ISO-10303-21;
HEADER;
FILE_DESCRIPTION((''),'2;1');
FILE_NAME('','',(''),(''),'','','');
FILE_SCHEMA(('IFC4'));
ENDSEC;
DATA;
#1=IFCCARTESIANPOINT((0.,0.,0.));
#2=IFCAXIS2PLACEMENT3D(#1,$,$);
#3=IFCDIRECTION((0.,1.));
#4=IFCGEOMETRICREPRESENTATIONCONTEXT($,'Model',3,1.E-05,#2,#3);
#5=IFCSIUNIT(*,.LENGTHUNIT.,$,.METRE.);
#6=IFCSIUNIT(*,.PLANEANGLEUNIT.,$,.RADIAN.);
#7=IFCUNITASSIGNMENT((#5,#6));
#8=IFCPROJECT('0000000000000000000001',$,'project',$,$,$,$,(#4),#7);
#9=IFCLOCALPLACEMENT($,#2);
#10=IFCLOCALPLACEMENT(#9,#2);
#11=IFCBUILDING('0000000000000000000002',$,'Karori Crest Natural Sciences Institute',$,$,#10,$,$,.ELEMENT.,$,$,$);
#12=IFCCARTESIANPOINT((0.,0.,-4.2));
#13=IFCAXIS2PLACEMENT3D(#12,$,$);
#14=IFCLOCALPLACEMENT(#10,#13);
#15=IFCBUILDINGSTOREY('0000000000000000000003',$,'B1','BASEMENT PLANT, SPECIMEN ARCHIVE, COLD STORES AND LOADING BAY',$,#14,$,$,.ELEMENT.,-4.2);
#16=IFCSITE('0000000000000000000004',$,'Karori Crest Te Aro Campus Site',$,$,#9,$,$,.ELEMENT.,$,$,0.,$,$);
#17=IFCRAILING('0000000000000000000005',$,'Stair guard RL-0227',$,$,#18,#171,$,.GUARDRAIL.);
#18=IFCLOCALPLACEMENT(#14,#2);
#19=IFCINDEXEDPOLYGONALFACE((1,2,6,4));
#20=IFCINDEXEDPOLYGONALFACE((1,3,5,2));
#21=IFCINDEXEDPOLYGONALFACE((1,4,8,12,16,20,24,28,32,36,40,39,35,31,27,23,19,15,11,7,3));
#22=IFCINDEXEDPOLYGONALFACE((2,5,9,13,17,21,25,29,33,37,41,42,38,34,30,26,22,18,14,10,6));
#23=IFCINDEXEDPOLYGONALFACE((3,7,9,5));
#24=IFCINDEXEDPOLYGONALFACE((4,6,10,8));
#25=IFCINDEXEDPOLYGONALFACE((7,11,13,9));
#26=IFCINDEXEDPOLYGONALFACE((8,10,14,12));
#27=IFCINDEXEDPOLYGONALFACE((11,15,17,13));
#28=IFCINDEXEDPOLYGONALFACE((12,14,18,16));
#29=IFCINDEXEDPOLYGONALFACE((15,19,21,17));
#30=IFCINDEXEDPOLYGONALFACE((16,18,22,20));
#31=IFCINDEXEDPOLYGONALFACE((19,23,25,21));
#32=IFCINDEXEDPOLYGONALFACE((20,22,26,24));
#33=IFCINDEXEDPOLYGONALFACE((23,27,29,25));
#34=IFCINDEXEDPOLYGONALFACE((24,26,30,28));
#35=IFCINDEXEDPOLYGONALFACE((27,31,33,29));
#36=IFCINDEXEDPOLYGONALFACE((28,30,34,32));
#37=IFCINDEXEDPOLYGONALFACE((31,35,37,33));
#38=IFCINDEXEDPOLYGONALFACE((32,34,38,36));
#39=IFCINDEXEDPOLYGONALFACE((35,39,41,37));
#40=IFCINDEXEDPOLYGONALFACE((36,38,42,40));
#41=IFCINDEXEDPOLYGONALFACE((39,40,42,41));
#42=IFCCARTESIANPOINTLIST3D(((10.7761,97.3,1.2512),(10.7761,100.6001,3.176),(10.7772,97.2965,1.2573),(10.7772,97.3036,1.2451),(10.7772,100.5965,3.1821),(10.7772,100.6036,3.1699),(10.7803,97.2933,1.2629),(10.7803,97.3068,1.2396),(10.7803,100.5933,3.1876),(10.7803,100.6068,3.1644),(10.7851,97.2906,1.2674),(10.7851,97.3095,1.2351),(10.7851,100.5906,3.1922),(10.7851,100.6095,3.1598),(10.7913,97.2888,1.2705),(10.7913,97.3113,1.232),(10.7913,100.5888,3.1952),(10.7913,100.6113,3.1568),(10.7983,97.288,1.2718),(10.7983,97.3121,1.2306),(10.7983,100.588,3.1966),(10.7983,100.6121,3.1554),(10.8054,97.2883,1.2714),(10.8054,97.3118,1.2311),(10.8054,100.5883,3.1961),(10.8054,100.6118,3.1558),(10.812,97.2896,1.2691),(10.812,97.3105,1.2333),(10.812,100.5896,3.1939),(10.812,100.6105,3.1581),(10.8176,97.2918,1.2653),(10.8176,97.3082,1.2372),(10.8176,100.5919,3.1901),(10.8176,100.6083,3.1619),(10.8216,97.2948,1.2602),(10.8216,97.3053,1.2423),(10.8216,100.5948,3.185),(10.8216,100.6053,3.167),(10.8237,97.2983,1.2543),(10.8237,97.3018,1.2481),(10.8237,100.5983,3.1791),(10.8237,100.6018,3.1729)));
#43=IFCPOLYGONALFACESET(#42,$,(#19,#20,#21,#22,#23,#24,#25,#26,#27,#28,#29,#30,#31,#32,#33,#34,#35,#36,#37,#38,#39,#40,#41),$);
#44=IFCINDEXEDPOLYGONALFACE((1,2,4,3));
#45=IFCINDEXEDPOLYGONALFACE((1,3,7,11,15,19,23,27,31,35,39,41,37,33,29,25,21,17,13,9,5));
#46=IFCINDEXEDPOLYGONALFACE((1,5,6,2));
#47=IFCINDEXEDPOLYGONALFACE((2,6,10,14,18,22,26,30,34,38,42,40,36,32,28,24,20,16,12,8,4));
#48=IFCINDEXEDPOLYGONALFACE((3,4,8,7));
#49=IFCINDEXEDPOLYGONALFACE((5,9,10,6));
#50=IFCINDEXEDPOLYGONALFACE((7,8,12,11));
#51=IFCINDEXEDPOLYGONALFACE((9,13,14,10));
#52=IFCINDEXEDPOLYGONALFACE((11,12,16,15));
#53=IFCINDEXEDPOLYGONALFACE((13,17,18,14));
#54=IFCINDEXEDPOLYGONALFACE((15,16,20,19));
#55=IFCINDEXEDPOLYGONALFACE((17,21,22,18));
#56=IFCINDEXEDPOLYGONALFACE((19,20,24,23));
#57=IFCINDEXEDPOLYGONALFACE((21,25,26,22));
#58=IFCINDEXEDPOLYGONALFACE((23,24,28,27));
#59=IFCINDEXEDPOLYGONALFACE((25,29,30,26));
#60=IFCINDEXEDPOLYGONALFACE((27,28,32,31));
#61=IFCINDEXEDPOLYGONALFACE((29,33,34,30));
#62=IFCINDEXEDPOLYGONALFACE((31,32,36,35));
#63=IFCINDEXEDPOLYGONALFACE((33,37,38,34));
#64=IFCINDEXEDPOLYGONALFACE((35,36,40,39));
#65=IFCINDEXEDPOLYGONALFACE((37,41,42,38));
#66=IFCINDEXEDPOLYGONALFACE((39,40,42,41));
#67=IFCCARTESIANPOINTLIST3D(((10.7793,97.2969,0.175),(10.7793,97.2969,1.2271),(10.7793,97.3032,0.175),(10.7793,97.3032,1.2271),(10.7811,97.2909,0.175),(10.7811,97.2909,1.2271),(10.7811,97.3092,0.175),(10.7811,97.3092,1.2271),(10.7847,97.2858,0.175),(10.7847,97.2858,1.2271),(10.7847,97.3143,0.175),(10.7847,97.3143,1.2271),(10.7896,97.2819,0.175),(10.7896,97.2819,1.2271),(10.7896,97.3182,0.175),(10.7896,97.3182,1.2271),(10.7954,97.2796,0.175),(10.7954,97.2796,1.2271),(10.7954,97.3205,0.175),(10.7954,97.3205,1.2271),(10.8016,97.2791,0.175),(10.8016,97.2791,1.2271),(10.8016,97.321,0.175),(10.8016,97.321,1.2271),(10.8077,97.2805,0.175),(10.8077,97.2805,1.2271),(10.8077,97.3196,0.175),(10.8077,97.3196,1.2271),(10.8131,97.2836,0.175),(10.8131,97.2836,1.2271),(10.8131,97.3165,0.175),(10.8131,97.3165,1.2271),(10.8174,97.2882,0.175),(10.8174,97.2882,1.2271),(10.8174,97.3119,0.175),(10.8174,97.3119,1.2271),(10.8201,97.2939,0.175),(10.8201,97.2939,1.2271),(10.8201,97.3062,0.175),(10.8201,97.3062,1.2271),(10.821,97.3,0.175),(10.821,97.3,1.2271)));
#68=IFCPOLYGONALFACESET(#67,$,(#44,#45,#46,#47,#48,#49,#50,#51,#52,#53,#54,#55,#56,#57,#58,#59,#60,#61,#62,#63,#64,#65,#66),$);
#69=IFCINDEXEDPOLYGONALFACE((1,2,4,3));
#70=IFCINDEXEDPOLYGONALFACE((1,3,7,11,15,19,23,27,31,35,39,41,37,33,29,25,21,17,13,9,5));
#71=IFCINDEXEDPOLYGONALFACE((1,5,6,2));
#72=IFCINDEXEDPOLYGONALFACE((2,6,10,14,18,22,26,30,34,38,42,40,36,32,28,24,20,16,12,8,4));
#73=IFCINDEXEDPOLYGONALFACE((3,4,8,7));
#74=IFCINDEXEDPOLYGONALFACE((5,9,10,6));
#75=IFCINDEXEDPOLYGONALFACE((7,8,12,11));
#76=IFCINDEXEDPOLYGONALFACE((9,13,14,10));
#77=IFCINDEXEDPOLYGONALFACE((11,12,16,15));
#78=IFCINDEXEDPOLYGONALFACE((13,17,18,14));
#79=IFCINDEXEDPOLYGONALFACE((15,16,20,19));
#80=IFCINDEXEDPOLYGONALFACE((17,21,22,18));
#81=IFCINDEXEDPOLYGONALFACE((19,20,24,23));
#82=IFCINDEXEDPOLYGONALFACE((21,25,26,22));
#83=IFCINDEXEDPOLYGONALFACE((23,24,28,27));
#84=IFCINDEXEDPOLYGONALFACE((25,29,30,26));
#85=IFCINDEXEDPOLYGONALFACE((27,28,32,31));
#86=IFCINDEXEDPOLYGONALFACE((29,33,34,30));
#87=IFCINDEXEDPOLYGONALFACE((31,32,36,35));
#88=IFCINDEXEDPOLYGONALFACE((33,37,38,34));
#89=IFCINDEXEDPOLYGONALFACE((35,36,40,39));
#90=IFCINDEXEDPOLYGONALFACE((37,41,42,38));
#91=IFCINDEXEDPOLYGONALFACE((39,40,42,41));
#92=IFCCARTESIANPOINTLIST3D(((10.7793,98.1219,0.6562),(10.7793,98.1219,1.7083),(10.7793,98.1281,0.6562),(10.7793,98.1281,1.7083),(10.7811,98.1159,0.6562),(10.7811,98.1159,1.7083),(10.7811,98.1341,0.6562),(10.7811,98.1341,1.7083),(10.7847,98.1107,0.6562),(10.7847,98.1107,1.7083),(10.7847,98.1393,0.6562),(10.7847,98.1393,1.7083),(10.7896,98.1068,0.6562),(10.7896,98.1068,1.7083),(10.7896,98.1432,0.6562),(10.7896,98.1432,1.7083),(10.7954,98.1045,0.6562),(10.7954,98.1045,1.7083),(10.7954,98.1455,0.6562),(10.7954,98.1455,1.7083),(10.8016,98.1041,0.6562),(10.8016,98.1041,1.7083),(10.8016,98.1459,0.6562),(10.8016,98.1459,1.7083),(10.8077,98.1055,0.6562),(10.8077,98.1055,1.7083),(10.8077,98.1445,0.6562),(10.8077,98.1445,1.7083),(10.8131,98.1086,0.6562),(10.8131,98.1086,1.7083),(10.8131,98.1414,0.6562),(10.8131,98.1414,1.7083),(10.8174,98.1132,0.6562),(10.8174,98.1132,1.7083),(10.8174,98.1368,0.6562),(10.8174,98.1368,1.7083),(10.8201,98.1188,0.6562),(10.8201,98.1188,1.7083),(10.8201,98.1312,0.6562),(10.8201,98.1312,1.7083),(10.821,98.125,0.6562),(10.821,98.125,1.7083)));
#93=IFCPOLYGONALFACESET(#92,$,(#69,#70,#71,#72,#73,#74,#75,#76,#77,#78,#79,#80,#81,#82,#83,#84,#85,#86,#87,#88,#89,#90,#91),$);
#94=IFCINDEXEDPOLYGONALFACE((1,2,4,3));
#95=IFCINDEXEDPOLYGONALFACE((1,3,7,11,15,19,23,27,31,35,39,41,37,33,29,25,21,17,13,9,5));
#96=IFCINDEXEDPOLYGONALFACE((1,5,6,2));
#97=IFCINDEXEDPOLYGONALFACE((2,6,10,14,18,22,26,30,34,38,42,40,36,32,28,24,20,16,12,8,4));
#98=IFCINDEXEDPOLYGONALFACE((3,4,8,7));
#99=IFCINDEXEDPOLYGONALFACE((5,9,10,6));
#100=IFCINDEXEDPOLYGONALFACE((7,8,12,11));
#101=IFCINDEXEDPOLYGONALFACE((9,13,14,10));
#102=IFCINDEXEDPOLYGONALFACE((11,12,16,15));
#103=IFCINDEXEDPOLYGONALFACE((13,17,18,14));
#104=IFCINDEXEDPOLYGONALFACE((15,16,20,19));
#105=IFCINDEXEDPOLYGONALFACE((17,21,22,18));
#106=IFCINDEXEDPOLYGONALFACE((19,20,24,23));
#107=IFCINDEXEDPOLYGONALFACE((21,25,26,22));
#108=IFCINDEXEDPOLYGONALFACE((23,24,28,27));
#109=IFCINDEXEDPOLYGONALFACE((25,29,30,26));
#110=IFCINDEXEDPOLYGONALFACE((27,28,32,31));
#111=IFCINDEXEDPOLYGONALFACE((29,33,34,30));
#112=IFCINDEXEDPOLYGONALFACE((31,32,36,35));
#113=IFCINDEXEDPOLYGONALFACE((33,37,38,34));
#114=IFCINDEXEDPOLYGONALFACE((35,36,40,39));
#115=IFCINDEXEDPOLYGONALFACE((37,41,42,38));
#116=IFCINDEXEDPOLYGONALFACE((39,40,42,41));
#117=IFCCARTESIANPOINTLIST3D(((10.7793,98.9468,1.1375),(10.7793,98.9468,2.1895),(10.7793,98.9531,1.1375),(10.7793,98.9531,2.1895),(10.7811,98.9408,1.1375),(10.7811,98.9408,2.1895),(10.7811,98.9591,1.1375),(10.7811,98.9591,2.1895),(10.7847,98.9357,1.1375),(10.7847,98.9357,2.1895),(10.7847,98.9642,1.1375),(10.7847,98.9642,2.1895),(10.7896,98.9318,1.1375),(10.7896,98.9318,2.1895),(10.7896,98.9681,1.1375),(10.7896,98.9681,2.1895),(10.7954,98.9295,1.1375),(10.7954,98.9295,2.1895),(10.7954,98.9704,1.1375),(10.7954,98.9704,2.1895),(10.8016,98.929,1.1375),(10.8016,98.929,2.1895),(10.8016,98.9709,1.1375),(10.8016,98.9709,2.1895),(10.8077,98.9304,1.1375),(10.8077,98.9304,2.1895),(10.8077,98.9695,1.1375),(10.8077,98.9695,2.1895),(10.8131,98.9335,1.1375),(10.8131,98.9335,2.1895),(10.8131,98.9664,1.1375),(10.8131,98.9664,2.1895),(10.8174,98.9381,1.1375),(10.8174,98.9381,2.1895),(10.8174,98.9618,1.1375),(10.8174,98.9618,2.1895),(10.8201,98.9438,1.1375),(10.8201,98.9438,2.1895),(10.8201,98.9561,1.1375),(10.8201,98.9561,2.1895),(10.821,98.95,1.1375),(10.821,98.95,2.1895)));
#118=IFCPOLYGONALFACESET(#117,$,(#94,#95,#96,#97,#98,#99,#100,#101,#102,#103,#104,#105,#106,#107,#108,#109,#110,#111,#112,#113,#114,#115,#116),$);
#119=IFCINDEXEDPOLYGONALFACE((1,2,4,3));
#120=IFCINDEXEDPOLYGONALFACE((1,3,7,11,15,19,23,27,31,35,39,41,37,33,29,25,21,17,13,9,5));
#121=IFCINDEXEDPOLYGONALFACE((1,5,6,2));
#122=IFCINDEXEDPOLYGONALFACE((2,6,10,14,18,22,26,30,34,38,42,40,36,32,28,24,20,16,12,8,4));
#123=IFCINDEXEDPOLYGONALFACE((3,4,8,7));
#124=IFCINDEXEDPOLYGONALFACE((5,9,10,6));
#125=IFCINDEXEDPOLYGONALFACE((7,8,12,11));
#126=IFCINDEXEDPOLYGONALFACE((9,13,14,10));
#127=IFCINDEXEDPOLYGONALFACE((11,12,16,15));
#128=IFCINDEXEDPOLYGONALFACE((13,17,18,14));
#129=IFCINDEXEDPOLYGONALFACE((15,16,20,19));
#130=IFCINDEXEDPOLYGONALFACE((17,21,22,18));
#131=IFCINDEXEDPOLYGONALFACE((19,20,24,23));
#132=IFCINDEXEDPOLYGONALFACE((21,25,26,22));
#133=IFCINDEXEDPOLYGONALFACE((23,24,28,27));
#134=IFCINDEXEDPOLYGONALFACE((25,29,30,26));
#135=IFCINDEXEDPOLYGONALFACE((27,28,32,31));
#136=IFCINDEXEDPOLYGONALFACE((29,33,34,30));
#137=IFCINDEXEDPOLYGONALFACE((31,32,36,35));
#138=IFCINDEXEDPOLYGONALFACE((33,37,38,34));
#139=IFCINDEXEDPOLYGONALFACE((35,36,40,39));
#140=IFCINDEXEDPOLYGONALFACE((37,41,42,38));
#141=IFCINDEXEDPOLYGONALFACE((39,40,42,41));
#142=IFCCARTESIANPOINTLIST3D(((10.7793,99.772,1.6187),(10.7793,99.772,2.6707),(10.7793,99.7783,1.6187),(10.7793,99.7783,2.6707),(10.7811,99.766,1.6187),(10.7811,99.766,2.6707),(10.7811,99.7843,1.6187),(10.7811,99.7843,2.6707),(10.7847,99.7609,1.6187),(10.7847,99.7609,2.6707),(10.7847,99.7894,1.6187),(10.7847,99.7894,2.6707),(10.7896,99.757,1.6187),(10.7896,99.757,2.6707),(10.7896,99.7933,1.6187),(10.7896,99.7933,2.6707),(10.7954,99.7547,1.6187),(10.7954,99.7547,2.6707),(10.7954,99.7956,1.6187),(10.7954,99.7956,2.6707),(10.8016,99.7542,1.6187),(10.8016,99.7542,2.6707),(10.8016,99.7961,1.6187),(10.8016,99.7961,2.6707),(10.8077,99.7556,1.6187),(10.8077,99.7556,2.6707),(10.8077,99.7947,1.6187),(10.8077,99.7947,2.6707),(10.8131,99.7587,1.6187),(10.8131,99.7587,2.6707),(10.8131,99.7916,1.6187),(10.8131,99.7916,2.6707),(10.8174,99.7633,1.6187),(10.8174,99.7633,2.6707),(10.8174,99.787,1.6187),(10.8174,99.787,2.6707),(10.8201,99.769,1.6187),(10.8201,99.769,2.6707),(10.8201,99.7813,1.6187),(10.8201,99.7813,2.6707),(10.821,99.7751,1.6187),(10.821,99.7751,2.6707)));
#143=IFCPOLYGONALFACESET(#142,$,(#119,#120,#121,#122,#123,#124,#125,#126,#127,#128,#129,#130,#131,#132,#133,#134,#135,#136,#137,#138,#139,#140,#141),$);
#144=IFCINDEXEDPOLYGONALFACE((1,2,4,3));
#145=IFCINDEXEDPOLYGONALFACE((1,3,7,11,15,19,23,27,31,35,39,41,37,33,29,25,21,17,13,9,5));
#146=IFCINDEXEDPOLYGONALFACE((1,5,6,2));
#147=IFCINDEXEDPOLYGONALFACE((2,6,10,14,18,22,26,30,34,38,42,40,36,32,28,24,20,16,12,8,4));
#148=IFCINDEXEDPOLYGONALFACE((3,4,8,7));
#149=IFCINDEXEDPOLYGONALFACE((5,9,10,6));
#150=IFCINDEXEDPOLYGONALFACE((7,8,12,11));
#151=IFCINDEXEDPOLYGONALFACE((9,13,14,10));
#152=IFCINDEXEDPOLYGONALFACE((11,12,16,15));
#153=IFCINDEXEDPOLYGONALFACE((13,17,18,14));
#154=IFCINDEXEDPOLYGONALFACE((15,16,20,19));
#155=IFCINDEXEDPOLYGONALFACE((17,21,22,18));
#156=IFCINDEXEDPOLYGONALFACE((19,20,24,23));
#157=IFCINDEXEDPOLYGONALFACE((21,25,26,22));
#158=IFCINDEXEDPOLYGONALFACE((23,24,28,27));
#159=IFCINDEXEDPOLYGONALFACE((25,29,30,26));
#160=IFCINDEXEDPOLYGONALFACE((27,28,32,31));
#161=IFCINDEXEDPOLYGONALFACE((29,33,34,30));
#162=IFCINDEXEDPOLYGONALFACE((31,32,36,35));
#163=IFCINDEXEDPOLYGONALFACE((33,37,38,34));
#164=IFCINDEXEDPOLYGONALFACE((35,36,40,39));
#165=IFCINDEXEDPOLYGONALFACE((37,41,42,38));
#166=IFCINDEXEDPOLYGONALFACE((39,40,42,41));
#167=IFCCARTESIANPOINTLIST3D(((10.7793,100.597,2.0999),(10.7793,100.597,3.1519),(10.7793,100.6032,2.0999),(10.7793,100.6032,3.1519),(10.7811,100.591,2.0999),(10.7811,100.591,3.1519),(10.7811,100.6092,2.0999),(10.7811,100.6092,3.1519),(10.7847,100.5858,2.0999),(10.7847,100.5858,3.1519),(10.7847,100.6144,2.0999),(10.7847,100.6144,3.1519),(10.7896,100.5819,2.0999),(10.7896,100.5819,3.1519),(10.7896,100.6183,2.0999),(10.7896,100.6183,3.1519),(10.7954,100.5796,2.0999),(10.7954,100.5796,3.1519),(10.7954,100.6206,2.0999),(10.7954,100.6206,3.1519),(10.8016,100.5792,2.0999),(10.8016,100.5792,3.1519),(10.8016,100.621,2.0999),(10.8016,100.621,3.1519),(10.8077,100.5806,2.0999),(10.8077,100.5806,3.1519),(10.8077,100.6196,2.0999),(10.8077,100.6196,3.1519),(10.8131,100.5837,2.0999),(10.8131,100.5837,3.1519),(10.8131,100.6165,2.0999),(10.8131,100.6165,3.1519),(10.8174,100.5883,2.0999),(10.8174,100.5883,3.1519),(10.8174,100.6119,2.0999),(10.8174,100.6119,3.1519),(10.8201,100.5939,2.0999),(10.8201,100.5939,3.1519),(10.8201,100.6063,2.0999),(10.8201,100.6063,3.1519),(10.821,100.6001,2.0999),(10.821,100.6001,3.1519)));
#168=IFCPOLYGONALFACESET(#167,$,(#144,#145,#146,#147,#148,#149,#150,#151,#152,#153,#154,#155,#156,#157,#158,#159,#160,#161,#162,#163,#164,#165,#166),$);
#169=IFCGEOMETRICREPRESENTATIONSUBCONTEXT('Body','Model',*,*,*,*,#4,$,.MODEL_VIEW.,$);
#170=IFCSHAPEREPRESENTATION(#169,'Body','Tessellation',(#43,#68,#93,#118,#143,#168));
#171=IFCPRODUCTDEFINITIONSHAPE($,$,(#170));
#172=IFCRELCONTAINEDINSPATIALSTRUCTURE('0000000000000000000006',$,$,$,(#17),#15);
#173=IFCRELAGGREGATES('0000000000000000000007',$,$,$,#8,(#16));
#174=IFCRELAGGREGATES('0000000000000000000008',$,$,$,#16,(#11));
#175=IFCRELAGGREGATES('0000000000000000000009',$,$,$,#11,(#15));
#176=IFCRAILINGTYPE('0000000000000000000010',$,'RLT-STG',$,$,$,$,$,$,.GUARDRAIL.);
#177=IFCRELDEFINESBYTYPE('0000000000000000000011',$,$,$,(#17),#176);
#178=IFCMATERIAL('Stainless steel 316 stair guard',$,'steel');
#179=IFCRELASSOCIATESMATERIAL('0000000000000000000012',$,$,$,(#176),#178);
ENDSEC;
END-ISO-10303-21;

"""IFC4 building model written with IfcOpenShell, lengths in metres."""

from ifc_helpers import new_model, si_unit, direction, frame, origin, origin_2d, place, context, subcontext, project, spatial, circle, extrude, material, type_object, element, save


model = new_model("IFC4")

# Units and contexts
model_context = context("Model", 3, precision=1e-05, world=origin(), true_north=direction((0.0, 1.0)))
body_context = subcontext(model_context, "Body", "Model", "MODEL_VIEW")
ifc_project = project(units=[si_unit("LENGTHUNIT", "METRE"), si_unit("PLANEANGLEUNIT", "RADIAN")], contexts=[model_context])

# Site, building, storey
site_placement = place(None, origin())
site = spatial("IfcSite", under=ifc_project, at=site_placement, Name="Karori Crest Te Aro Campus Site", CompositionType="ELEMENT", RefElevation=0.0)
building_placement = place(site_placement, origin())
building = spatial("IfcBuilding", under=site, at=building_placement, Name="Karori Crest Natural Sciences Institute", CompositionType="ELEMENT")
storey_placement = place(building_placement, frame((0.0, 0.0, -4.2)))
storey = spatial("IfcBuildingStorey", under=building, at=storey_placement, Name="B1", Description="BASEMENT PLANT, SPECIMEN ARCHIVE, COLD STORES AND LOADING BAY", CompositionType="ELEMENT", Elevation=-4.2)

# Railing
ifc_material_1 = material(Name="Stainless steel 316 stair guard", Category="steel")
railing_type_1 = type_object("IfcRailingType", Name="RLT-STG", PredefinedType="GUARDRAIL", material=ifc_material_1)
railing_1_placement = place(storey_placement, frame((10.8, 97.3, 0.175)))
element("IfcRailing", 1, at=railing_1_placement, inside=storey, type_object=railing_type_1, Name="Stair guard RL-0227", PredefinedType="GUARDRAIL", context=body_context, shape_type="SweptSolid", body=[
    extrude(circle(Radius=0.0239, at=origin_2d()), frame((0.0, 0.0, 1.0762), z_axis=(0.0, 0.863804, 0.503827), x_axis=(-1.0, 0.0, 0.0)), (0.0, 0.0, 1.0), 3.8203),
    extrude(circle(Radius=0.021, at=origin_2d()), origin(), (0.0, 0.0, 1.0), 1.052),
    extrude(circle(Radius=0.021, at=origin_2d()), frame((0.0, 0.825, 0.4812)), (0.0, 0.0, 1.0), 1.052),
    extrude(circle(Radius=0.021, at=origin_2d()), frame((0.0, 1.6499, 0.9624)), (0.0, 0.0, 1.0), 1.052),
    extrude(circle(Radius=0.021, at=origin_2d()), frame((0.0, 2.4751, 1.4436)), (0.0, 0.0, 1.0), 1.052),
    extrude(circle(Radius=0.021, at=origin_2d()), frame((0.0, 3.3, 1.9248)), (0.0, 0.0, 1.0), 1.052),
])

save(model, "model.ifc")
